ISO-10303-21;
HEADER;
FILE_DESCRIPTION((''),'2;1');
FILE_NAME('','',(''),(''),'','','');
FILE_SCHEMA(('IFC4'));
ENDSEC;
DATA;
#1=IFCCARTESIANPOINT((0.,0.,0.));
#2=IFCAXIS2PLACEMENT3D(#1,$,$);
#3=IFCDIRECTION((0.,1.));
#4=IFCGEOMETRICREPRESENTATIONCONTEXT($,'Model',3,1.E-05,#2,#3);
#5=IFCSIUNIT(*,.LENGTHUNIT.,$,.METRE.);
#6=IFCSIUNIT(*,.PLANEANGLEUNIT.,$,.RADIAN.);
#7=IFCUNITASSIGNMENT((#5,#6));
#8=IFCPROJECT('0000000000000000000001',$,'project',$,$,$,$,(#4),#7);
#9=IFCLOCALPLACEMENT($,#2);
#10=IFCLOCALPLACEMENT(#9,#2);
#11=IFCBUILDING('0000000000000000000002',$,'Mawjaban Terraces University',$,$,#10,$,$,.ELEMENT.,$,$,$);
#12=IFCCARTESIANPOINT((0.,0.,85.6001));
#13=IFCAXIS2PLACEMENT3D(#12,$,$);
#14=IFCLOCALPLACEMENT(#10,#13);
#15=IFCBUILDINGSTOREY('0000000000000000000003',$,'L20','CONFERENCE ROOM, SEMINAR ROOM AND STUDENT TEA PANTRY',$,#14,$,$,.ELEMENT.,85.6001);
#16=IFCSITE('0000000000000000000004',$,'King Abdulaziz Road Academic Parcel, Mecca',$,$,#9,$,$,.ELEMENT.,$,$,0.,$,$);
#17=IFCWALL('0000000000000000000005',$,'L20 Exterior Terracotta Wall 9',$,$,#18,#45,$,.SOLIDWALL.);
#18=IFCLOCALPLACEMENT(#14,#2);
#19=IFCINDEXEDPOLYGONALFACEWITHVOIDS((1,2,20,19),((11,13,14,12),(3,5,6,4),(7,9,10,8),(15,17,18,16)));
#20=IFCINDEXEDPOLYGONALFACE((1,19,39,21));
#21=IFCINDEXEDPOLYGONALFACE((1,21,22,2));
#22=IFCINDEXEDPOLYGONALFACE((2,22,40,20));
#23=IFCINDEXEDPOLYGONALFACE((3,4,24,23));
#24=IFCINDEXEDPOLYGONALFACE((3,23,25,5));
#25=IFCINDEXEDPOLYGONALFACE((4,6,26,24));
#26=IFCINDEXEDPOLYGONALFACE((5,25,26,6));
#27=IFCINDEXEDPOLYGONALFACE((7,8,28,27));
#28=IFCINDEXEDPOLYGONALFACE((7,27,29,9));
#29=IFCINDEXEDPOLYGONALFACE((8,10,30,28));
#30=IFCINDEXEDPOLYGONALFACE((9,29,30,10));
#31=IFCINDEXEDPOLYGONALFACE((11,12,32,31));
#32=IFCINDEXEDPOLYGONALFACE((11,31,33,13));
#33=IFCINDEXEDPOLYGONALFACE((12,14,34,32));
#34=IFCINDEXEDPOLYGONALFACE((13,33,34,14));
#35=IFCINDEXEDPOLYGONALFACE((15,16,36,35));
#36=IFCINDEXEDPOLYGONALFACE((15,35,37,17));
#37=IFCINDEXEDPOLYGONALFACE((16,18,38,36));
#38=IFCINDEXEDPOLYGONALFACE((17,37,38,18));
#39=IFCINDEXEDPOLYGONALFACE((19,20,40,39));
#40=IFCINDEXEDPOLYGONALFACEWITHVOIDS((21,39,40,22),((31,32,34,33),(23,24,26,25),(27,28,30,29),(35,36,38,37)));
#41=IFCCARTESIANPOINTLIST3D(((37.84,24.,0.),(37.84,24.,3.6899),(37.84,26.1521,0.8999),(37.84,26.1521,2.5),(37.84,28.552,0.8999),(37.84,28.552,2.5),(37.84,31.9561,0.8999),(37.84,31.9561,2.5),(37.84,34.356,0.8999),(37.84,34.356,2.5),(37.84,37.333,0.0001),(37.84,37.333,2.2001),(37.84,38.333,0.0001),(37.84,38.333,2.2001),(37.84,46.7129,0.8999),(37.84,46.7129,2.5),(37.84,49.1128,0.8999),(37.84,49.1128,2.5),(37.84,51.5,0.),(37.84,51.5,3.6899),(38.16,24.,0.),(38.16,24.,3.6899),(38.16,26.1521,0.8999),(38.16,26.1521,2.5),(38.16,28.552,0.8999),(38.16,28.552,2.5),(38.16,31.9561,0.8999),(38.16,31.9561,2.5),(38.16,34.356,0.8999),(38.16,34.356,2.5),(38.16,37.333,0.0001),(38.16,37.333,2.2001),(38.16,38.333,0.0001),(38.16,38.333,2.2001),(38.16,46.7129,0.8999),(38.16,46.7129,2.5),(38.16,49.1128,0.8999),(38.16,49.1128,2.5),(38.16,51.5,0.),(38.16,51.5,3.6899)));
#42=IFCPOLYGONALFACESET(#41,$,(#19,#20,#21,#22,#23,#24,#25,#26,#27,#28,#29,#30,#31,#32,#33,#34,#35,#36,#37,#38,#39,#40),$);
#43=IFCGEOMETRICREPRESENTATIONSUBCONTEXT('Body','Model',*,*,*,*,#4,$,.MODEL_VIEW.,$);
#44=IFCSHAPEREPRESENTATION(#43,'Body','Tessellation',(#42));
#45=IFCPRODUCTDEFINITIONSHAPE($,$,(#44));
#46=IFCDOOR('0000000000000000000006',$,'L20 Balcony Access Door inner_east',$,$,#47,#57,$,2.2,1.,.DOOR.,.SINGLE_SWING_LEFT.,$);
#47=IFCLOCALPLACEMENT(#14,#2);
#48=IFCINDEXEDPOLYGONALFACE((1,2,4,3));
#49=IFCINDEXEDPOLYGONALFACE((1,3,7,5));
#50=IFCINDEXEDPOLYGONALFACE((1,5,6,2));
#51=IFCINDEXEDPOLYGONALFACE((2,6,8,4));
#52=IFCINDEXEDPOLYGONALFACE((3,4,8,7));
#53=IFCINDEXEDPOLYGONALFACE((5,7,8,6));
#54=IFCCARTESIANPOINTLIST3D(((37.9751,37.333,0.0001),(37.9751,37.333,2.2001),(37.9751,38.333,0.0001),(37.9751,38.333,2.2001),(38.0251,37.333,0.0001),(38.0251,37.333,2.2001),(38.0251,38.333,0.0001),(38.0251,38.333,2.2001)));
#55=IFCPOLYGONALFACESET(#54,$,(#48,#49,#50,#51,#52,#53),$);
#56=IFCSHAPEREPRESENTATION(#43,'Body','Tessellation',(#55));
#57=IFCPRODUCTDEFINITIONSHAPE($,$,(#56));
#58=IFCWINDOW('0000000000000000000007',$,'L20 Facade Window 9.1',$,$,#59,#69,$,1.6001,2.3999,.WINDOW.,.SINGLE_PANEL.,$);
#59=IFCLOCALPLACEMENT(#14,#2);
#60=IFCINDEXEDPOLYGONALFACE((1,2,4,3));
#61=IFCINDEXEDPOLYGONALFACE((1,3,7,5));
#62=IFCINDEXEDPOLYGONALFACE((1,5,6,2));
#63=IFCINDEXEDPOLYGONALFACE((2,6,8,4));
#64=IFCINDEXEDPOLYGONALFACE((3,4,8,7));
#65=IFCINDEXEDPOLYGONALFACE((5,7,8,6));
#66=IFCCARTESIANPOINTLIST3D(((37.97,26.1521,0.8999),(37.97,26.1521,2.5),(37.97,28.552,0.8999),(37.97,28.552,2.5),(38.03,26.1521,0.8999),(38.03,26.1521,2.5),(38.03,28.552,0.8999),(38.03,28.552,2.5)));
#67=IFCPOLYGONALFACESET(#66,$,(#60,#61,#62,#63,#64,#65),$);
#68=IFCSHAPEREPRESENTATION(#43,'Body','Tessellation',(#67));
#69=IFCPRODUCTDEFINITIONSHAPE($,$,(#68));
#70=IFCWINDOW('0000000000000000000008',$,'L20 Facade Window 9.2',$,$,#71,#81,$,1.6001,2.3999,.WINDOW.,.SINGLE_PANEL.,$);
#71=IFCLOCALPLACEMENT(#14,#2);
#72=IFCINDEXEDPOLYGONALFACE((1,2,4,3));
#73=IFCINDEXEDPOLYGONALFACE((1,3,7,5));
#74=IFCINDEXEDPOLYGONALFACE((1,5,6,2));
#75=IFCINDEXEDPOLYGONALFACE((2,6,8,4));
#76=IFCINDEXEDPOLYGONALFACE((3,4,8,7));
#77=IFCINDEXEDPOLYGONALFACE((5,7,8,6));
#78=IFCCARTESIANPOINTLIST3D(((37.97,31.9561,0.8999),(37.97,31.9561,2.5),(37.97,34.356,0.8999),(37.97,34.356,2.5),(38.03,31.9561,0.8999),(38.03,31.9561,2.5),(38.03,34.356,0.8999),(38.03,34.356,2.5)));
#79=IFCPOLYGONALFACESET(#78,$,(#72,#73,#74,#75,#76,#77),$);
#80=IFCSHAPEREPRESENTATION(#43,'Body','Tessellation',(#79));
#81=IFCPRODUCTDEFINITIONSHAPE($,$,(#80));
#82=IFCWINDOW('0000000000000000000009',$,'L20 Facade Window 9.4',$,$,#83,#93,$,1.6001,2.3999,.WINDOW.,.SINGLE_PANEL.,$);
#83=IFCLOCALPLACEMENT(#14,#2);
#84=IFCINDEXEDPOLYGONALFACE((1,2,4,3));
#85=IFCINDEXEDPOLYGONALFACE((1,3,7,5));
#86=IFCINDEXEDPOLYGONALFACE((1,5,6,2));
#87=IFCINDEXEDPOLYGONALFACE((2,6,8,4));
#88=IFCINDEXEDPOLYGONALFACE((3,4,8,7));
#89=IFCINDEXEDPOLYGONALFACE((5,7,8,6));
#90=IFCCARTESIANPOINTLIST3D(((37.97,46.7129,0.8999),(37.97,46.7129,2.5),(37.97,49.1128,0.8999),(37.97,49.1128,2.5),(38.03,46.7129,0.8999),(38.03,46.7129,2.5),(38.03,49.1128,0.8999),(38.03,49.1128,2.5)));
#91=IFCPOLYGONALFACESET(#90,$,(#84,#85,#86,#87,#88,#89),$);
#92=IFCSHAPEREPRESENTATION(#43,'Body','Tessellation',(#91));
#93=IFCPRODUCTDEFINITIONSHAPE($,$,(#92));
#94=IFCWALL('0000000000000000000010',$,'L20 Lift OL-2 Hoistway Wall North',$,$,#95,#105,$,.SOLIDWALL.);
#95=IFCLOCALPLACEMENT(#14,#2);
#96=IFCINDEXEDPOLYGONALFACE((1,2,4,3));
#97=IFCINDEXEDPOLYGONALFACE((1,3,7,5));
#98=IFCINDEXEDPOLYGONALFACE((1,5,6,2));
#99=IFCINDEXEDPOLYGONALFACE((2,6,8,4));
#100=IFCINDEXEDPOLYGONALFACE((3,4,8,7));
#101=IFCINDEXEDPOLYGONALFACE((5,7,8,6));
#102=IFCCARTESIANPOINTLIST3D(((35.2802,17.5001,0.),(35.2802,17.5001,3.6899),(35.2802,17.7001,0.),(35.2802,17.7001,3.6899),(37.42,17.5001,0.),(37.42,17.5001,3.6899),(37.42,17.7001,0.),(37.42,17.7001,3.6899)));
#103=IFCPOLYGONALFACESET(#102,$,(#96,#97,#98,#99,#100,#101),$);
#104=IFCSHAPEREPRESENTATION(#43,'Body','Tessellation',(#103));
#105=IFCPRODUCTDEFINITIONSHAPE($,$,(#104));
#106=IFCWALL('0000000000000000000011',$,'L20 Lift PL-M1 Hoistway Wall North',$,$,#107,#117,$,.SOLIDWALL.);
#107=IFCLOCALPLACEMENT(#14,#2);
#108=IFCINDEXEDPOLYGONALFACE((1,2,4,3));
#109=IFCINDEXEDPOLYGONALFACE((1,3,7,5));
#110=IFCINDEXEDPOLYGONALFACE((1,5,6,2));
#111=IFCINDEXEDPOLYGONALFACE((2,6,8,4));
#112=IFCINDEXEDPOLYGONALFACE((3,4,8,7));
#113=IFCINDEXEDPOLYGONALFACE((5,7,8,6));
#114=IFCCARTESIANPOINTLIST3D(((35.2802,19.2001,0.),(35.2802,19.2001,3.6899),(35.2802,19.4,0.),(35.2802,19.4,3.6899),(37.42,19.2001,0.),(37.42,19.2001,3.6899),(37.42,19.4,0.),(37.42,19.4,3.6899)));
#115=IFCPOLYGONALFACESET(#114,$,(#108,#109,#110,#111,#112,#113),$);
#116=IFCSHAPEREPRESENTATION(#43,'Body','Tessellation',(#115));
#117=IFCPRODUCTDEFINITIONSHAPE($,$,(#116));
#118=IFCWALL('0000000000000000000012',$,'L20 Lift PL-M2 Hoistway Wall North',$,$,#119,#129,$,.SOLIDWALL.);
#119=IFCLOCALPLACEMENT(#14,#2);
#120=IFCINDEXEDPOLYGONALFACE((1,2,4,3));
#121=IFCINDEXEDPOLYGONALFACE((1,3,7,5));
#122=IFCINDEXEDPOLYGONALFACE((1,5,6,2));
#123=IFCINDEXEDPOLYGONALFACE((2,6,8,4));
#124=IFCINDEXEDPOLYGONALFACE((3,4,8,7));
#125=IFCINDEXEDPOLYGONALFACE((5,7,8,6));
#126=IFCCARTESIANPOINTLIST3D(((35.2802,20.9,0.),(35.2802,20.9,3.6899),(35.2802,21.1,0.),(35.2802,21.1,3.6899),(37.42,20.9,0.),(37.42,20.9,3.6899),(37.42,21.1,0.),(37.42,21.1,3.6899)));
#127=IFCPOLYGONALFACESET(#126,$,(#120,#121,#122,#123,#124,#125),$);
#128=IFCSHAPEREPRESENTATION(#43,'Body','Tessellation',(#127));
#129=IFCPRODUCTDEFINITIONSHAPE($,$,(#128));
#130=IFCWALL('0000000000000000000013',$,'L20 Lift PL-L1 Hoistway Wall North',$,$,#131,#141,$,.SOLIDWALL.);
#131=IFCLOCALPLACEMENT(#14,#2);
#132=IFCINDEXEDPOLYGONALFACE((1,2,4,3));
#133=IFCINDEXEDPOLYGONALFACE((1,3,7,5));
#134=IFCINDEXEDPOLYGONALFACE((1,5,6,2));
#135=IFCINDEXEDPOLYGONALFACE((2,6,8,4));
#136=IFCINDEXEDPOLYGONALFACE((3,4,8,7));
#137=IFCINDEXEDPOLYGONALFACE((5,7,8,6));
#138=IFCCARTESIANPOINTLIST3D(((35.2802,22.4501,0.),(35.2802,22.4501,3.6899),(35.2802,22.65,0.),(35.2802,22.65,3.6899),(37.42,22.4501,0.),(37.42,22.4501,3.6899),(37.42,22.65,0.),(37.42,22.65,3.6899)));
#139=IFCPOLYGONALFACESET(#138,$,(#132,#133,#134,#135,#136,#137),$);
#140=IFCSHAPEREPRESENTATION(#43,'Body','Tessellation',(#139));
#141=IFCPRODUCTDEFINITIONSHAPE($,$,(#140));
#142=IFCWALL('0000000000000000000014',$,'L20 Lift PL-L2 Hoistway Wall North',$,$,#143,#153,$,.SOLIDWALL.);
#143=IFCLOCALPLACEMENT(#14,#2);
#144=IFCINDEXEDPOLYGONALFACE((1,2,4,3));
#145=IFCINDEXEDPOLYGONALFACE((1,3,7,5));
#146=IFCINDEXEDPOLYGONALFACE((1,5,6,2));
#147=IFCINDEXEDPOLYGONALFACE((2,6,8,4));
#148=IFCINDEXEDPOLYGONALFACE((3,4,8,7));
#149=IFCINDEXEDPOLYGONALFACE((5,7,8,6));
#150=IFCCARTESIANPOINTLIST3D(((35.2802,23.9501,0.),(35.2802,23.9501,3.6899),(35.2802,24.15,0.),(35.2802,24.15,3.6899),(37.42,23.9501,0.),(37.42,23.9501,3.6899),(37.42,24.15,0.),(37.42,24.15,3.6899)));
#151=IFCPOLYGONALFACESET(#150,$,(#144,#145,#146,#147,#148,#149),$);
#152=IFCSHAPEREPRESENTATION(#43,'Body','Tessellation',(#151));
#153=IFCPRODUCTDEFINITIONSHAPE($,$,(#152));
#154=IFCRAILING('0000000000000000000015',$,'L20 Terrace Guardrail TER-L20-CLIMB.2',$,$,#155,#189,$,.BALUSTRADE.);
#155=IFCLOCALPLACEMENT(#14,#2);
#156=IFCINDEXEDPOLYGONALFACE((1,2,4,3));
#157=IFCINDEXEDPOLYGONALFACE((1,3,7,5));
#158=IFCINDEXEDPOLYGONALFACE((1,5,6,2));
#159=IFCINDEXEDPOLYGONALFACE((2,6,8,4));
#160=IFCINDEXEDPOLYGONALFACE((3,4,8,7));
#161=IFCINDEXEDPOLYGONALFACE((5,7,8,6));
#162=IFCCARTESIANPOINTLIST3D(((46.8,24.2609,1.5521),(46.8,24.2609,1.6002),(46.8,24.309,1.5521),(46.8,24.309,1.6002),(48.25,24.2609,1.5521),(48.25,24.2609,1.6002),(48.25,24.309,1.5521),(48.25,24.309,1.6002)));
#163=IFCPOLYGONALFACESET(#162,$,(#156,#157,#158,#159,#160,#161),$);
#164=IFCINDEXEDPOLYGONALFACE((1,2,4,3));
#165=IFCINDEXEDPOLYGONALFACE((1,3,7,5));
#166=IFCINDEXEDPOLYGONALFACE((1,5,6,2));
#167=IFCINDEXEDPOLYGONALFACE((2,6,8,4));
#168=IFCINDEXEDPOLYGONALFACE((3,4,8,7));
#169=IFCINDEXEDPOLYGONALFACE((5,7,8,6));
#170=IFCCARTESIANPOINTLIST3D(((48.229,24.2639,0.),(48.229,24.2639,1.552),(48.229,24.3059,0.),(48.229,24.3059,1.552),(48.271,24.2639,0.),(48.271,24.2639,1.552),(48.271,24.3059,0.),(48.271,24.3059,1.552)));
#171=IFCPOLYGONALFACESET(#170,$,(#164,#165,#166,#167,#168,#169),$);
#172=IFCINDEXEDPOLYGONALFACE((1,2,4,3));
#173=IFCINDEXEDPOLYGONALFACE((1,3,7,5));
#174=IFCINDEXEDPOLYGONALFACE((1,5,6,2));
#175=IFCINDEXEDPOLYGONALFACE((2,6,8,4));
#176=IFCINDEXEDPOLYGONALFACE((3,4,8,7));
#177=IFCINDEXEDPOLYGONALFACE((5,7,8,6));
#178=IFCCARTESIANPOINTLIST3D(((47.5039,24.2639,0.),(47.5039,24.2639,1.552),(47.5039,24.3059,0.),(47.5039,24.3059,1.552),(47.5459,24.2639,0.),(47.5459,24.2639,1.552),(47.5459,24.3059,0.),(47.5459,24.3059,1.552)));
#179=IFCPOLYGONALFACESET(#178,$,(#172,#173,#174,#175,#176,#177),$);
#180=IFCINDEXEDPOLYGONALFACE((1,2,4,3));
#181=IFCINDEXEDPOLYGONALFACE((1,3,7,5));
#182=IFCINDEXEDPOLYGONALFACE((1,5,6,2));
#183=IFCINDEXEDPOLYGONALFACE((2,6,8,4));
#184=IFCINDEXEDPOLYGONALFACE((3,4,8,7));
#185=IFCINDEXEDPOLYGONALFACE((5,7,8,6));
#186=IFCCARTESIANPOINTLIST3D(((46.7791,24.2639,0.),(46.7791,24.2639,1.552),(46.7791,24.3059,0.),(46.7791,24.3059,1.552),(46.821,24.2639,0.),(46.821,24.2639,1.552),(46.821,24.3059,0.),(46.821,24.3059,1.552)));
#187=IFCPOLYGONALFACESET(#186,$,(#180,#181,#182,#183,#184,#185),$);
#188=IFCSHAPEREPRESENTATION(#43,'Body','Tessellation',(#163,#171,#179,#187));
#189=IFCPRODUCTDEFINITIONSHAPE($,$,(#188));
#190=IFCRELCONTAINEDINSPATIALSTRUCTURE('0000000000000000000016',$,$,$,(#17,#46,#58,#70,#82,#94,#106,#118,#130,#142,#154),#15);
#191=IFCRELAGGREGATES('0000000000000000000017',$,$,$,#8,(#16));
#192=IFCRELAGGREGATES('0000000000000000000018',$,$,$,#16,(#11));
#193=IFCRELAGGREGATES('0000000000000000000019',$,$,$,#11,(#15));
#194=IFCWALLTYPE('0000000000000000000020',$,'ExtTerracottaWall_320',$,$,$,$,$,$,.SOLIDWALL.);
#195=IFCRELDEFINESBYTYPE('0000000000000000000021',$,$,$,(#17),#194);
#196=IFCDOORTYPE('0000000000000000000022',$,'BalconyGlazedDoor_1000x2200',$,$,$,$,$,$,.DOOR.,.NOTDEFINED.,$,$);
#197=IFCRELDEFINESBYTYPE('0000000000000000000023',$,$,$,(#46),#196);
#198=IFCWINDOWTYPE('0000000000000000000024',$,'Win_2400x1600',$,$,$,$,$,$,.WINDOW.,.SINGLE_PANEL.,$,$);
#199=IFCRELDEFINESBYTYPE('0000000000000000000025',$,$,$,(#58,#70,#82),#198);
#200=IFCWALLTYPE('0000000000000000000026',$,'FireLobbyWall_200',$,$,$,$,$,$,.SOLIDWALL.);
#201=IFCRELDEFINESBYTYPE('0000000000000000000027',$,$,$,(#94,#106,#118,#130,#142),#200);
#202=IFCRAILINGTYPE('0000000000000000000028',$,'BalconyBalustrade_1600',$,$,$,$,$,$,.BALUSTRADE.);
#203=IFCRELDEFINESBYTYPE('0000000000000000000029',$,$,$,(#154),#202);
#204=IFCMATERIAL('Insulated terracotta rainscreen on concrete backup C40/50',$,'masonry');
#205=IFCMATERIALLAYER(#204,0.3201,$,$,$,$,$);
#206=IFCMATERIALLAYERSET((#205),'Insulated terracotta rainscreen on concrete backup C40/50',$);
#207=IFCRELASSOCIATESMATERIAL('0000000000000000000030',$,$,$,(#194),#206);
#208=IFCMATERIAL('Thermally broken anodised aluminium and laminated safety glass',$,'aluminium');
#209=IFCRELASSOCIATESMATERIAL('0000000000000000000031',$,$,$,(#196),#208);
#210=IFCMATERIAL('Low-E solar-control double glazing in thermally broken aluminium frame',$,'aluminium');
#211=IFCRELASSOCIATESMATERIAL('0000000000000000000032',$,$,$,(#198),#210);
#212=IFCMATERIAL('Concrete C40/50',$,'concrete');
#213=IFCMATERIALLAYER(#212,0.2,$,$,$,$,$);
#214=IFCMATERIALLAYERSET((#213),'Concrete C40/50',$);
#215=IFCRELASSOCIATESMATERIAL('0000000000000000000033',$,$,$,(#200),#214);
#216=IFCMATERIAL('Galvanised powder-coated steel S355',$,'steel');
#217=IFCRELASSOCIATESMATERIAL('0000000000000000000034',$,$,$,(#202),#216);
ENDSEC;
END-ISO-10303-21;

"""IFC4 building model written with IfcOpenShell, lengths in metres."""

from ifc_helpers import new_model, si_unit, direction, frame, frame_2d, origin, origin_2d, place, context, subcontext, project, spatial, rectangle, extrude, material, layer, layer_set, type_object, element, fill, save


model = new_model("IFC4")

# Units and contexts
model_context = context("Model", 3, precision=1e-05, world=origin(), true_north=direction((0.0, 1.0)))
body_context = subcontext(model_context, "Body", "Model", "MODEL_VIEW")
ifc_project = project(units=[si_unit("LENGTHUNIT", "METRE"), si_unit("PLANEANGLEUNIT", "RADIAN")], contexts=[model_context])

# Site, building, storey
site_placement = place(None, origin())
site = spatial("IfcSite", under=ifc_project, at=site_placement, Name="King Abdulaziz Road Academic Parcel, Mecca", CompositionType="ELEMENT", RefElevation=0.0)
building_placement = place(site_placement, origin())
building = spatial("IfcBuilding", under=site, at=building_placement, Name="Mawjaban Terraces University", CompositionType="ELEMENT")
storey_placement = place(building_placement, frame((0.0, 0.0, 85.6001)))
storey = spatial("IfcBuildingStorey", under=building, at=storey_placement, Name="L20", Description="CONFERENCE ROOM, SEMINAR ROOM AND STUDENT TEA PANTRY", CompositionType="ELEMENT", Elevation=85.6001)

# Shared definitions
ifc_material_1 = material(Name="Insulated terracotta rainscreen on concrete backup C40/50", Category="masonry")
ifc_layer_1 = layer(ifc_material_1, 0.3201)
ifc_layer_set_1 = layer_set([ifc_layer_1], Name="Insulated terracotta rainscreen on concrete backup C40/50")
wall_type_1 = type_object("IfcWallType", Name="ExtTerracottaWall_320", PredefinedType="SOLIDWALL", material=ifc_layer_set_1)

# Wall, openings, door, windows
wall_1_placement = place(storey_placement, frame((38.0, 24.0, 0.0), z_axis=(0.0, 0.0, 1.0), x_axis=(0.0, 1.0, 0.0)))
wall_1 = element("IfcWall", 1, at=wall_1_placement, inside=storey, type_object=wall_type_1, Name="L20 Exterior Terracotta Wall 9", PredefinedType="SOLIDWALL", context=body_context, shape_type="SweptSolid", body=[
    extrude(rectangle(XDim=27.5, YDim=0.3201, at=frame_2d((13.75, 0.0))), origin(), (0.0, 0.0, 1.0), 3.6899),
])
opening_1_placement = place(wall_1_placement, frame((13.333, 0.0, 0.0)))
opening_1 = element("IfcOpeningElement", 2, at=opening_1_placement, cuts=wall_1, PredefinedType="OPENING", context=body_context, shape_type="SweptSolid", body=[
    extrude(rectangle(XDim=1.0, YDim=2.2, at=frame_2d((0.5, 1.1001))), frame((0.0, 0.1699, 0.0), z_axis=(0.0, -1.0, 0.0), x_axis=(1.0, 0.0, 0.0)), (0.0, 0.0, 1.0), 0.3401),
])
opening_2_placement = place(wall_1_placement, frame((2.1521, 0.0, 0.8999)))
opening_2 = element("IfcOpeningElement", 3, at=opening_2_placement, cuts=wall_1, PredefinedType="OPENING", context=body_context, shape_type="SweptSolid", body=[
    extrude(rectangle(XDim=2.3999, YDim=1.6001, at=frame_2d((1.2, 0.8))), frame((0.0, 0.1699, 0.0), z_axis=(0.0, -1.0, 0.0), x_axis=(1.0, 0.0, 0.0)), (0.0, 0.0, 1.0), 0.3401),
])
opening_3_placement = place(wall_1_placement, frame((7.9561, 0.0, 0.8999)))
opening_3 = element("IfcOpeningElement", 4, at=opening_3_placement, cuts=wall_1, PredefinedType="OPENING", context=body_context, shape_type="SweptSolid", body=[
    extrude(rectangle(XDim=2.3999, YDim=1.6001, at=frame_2d((1.2, 0.8))), frame((0.0, 0.1699, 0.0), z_axis=(0.0, -1.0, 0.0), x_axis=(1.0, 0.0, 0.0)), (0.0, 0.0, 1.0), 0.3401),
])
opening_4_placement = place(wall_1_placement, frame((22.7129, 0.0, 0.8999)))
opening_4 = element("IfcOpeningElement", 5, at=opening_4_placement, cuts=wall_1, PredefinedType="OPENING", context=body_context, shape_type="SweptSolid", body=[
    extrude(rectangle(XDim=2.3999, YDim=1.6001, at=frame_2d((1.2, 0.8))), frame((0.0, 0.1699, 0.0), z_axis=(0.0, -1.0, 0.0), x_axis=(1.0, 0.0, 0.0)), (0.0, 0.0, 1.0), 0.3401),
])
ifc_material_2 = material(Name="Thermally broken anodised aluminium and laminated safety glass", Category="aluminium")
door_type = type_object("IfcDoorType", Name="BalconyGlazedDoor_1000x2200", OperationType="NOTDEFINED", PredefinedType="DOOR", material=ifc_material_2)
door_placement = place(opening_1_placement, origin())
door = element("IfcDoor", 6, at=door_placement, inside=storey, type_object=door_type, Name="L20 Balcony Access Door inner_east", OperationType="SINGLE_SWING_LEFT", OverallHeight=2.2, OverallWidth=1.0, PredefinedType="DOOR", context=body_context, shape_type="SweptSolid", body=[
    extrude(rectangle(XDim=1.0, YDim=2.2, at=frame_2d((0.5, 1.1001))), frame((0.0, 0.0249, 0.0), z_axis=(0.0, -1.0, 0.0), x_axis=(1.0, 0.0, 0.0)), (0.0, 0.0, 1.0), 0.05),
])
fill(opening_1, door)
ifc_material_3 = material(Name="Low-E solar-control double glazing in thermally broken aluminium frame", Category="aluminium")
window_type = type_object("IfcWindowType", Name="Win_2400x1600", PartitioningType="SINGLE_PANEL", PredefinedType="WINDOW", material=ifc_material_3)
window_1_placement = place(opening_2_placement, origin())
window_1 = element("IfcWindow", 7, at=window_1_placement, inside=storey, type_object=window_type, Name="L20 Facade Window 9.1", OverallHeight=1.6001, OverallWidth=2.3999, PartitioningType="SINGLE_PANEL", PredefinedType="WINDOW", context=body_context, shape_type="SweptSolid", body=[
    extrude(rectangle(XDim=2.3999, YDim=1.6001, at=frame_2d((1.2, 0.8))), frame((0.0, 0.03, 0.0), z_axis=(0.0, -1.0, 0.0), x_axis=(1.0, 0.0, 0.0)), (0.0, 0.0, 1.0), 0.0601),
])
fill(opening_2, window_1)
window_2_placement = place(opening_3_placement, origin())
window_2 = element("IfcWindow", 8, at=window_2_placement, inside=storey, type_object=window_type, Name="L20 Facade Window 9.2", OverallHeight=1.6001, OverallWidth=2.3999, PartitioningType="SINGLE_PANEL", PredefinedType="WINDOW", context=body_context, shape_type="SweptSolid", body=[
    extrude(rectangle(XDim=2.3999, YDim=1.6001, at=frame_2d((1.2, 0.8))), frame((0.0, 0.03, 0.0), z_axis=(0.0, -1.0, 0.0), x_axis=(1.0, 0.0, 0.0)), (0.0, 0.0, 1.0), 0.0601),
])
fill(opening_3, window_2)
window_3_placement = place(opening_4_placement, origin())
window_3 = element("IfcWindow", 9, at=window_3_placement, inside=storey, type_object=window_type, Name="L20 Facade Window 9.4", OverallHeight=1.6001, OverallWidth=2.3999, PartitioningType="SINGLE_PANEL", PredefinedType="WINDOW", context=body_context, shape_type="SweptSolid", body=[
    extrude(rectangle(XDim=2.3999, YDim=1.6001, at=frame_2d((1.2, 0.8))), frame((0.0, 0.03, 0.0), z_axis=(0.0, -1.0, 0.0), x_axis=(1.0, 0.0, 0.0)), (0.0, 0.0, 1.0), 0.0601),
])
fill(opening_4, window_3)

# Walls
ifc_material_4 = material(Name="Concrete C40/50", Category="concrete")
ifc_layer_2 = layer(ifc_material_4, 0.2)
ifc_layer_set_2 = layer_set([ifc_layer_2], Name="Concrete C40/50")
wall_type_2 = type_object("IfcWallType", Name="FireLobbyWall_200", PredefinedType="SOLIDWALL", material=ifc_layer_set_2)
for number, where, z_axis, x_axis, name in (
    (10, (37.4199, 17.6001, 0.0), (0.0, 0.0, 1.0), (-1.0, 0.0, 0.0), "L20 Lift OL-2 Hoistway Wall North"),
    (11, (37.4199, 19.3, 0.0), (0.0, 0.0, 1.0), (-1.0, 0.0, 0.0), "L20 Lift PL-M1 Hoistway Wall North"),
    (12, (37.4199, 21.0, 0.0), (0.0, 0.0, 1.0), (-1.0, 0.0, 0.0), "L20 Lift PL-M2 Hoistway Wall North"),
    (13, (37.4199, 22.55, 0.0), (0.0, 0.0, 1.0), (-1.0, 0.0, 0.0), "L20 Lift PL-L1 Hoistway Wall North"),
    (14, (37.4199, 24.05, 0.0), (0.0, 0.0, 1.0), (-1.0, 0.0, 0.0), "L20 Lift PL-L2 Hoistway Wall North"),
):
    element("IfcWall", number, at=place(storey_placement, frame(where, z_axis=z_axis, x_axis=x_axis)), inside=storey, type_object=wall_type_2, Name=name, PredefinedType="SOLIDWALL", context=body_context, shape_type="SweptSolid", body=[
        extrude(rectangle(XDim=2.1399, YDim=0.2, at=frame_2d((1.0698, 0.0))), origin(), (0.0, 0.0, 1.0), 3.6899),
    ])

# Railing
ifc_material_5 = material(Name="Galvanised powder-coated steel S355", Category="steel")
railing_type = type_object("IfcRailingType", Name="BalconyBalustrade_1600", PredefinedType="BALUSTRADE", material=ifc_material_5)
railing_1_placement = place(storey_placement, frame((48.25, 24.2849, 0.0)))
element("IfcRailing", 15, at=railing_1_placement, inside=storey, type_object=railing_type, Name="L20 Terrace Guardrail TER-L20-CLIMB.2", PredefinedType="BALUSTRADE", context=body_context, shape_type="SweptSolid", body=[
    extrude(rectangle(XDim=0.0481, YDim=0.0481, at=origin_2d()), frame((0.0, 0.0, 1.5762), z_axis=(-1.0, 0.0, 0.0), x_axis=(0.0, -1.0, 0.0)), (0.0, 0.0, 1.0), 1.45),
    extrude(rectangle(XDim=0.042, YDim=0.042, at=origin_2d()), origin(), (0.0, 0.0, 1.0), 1.552),
    extrude(rectangle(XDim=0.042, YDim=0.042, at=origin_2d()), frame((-0.7251, 0.0, 0.0)), (0.0, 0.0, 1.0), 1.552),
    extrude(rectangle(XDim=0.042, YDim=0.042, at=origin_2d()), frame((-1.45, 0.0, 0.0)), (0.0, 0.0, 1.0), 1.552),
])

save(model, "model.ifc")
